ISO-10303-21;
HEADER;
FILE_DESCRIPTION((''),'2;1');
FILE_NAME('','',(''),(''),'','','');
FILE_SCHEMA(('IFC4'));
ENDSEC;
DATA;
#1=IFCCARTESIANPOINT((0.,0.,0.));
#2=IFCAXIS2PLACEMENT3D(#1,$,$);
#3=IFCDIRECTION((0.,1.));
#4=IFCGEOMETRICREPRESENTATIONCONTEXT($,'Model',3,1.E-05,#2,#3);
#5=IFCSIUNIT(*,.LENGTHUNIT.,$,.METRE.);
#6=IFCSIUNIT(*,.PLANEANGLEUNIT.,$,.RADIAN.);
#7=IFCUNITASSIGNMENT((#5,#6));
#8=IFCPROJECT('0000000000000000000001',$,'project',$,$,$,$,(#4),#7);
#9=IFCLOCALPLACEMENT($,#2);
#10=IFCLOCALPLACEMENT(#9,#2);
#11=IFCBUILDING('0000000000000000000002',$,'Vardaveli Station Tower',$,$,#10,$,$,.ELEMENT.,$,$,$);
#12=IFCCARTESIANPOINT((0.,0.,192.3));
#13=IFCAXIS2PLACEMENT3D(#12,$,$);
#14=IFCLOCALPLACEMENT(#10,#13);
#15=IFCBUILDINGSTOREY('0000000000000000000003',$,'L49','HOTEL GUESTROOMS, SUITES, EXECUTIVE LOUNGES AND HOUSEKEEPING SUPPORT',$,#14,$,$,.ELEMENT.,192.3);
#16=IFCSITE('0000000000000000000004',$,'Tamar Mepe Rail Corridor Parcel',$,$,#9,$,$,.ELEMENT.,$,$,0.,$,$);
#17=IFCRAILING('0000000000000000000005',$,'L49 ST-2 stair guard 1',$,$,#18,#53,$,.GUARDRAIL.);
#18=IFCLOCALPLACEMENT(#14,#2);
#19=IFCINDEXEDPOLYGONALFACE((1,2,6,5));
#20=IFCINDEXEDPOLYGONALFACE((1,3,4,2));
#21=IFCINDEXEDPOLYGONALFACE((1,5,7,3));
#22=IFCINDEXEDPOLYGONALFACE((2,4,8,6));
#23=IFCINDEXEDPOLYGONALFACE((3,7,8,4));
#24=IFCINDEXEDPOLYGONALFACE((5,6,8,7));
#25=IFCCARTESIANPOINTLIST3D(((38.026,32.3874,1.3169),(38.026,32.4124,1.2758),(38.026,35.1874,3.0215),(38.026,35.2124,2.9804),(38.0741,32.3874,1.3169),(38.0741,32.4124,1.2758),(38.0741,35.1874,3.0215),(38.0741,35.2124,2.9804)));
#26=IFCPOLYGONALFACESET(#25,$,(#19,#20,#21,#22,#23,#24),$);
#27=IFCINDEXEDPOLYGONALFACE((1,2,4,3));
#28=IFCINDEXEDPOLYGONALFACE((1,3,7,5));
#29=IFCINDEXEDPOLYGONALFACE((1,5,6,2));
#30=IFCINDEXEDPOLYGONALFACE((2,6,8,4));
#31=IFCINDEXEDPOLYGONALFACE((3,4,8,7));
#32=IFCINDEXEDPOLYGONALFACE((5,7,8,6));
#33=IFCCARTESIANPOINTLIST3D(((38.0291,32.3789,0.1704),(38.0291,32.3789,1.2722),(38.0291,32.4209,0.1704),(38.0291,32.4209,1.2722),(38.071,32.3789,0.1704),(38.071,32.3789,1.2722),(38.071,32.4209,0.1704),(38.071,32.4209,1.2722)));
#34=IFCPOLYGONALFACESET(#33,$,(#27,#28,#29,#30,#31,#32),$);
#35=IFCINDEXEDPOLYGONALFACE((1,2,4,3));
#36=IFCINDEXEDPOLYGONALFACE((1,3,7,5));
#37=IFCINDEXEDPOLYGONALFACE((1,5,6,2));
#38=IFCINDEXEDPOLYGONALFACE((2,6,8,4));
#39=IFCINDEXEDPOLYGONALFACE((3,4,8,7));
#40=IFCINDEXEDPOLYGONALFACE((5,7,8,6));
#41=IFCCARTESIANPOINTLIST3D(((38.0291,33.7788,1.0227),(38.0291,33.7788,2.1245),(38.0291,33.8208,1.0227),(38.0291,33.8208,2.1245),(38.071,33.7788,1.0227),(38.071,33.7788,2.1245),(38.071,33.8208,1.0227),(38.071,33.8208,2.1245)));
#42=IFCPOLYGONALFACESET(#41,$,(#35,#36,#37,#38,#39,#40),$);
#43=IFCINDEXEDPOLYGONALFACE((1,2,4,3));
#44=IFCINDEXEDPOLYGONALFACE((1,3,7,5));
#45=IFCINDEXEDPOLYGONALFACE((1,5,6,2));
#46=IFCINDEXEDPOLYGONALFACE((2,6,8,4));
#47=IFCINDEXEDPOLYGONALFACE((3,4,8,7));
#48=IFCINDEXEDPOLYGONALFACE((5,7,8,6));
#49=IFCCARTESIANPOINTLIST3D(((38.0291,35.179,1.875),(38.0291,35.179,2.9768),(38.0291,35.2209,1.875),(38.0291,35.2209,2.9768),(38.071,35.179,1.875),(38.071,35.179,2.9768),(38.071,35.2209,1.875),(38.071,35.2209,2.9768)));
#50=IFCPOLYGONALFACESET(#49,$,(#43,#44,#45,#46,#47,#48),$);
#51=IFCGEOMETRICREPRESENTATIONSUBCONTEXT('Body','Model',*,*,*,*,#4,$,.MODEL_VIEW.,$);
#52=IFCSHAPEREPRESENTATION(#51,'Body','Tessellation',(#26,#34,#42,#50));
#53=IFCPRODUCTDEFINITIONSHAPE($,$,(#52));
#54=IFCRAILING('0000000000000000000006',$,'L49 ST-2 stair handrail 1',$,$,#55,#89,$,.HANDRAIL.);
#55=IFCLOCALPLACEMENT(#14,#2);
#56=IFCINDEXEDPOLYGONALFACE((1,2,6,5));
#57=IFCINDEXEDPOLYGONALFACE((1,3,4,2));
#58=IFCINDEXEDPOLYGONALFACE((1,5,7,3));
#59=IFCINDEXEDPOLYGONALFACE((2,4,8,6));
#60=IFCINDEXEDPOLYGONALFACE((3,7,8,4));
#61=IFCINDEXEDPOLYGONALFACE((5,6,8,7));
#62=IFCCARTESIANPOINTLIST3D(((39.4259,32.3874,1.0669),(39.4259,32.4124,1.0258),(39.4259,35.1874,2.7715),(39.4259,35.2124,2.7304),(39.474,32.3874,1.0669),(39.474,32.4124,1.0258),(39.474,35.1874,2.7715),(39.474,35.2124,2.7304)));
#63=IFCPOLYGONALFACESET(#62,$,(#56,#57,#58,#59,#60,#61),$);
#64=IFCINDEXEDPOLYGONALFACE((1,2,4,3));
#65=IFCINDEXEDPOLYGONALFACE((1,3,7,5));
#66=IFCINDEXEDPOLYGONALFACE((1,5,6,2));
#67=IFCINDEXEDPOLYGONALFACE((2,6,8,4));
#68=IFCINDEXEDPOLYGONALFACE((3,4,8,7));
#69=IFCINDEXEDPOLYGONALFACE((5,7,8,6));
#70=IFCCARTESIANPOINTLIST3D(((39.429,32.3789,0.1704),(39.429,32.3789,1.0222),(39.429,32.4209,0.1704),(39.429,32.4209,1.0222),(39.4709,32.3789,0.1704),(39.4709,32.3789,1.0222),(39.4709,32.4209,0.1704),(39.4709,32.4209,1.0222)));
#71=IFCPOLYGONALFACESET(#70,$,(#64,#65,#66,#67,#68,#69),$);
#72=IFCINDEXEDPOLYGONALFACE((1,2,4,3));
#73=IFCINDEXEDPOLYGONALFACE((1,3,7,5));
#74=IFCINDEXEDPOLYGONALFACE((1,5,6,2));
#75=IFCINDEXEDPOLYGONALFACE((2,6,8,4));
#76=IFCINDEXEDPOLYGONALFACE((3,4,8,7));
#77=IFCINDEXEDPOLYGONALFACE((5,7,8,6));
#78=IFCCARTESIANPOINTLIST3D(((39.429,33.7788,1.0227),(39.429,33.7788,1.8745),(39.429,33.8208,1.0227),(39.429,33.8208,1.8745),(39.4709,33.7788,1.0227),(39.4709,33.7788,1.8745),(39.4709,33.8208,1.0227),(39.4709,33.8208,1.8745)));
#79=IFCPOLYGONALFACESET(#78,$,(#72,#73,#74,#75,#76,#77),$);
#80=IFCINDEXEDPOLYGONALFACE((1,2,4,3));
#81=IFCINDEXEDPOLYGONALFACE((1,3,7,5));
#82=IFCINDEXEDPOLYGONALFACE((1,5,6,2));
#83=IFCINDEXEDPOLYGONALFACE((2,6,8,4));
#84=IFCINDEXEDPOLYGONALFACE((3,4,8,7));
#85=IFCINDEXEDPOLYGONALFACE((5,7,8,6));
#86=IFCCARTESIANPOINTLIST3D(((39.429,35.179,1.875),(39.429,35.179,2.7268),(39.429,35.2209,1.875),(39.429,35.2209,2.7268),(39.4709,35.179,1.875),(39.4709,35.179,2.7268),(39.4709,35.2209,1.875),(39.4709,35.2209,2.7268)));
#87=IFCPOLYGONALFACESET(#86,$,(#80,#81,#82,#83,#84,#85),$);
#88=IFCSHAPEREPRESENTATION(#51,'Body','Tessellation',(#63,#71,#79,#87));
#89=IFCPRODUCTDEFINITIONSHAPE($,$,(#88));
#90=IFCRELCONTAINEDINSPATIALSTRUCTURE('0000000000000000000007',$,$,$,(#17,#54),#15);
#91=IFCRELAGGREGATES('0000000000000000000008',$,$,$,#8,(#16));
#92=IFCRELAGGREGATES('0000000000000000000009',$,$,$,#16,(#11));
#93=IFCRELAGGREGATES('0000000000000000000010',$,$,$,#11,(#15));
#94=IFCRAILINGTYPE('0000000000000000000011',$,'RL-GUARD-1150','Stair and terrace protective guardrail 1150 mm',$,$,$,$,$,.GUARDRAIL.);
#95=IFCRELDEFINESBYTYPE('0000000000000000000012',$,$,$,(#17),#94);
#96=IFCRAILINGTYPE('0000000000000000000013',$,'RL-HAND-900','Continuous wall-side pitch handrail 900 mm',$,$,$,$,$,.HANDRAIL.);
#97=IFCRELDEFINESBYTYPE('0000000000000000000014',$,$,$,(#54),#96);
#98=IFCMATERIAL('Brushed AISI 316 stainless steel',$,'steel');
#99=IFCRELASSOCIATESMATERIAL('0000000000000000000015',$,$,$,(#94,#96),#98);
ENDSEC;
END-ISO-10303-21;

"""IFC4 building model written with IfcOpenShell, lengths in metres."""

from ifc_helpers import new_model, si_unit, direction, frame, origin, origin_2d, place, context, subcontext, project, spatial, rectangle, extrude, source, transform, mapped, material, type_object, element, save


model = new_model("IFC4")

# Units and contexts
model_context = context("Model", 3, precision=1e-05, world=origin(), true_north=direction((0.0, 1.0)))
body_context = subcontext(model_context, "Body", "Model", "MODEL_VIEW")
ifc_project = project(units=[si_unit("LENGTHUNIT", "METRE"), si_unit("PLANEANGLEUNIT", "RADIAN")], contexts=[model_context])

# Site, building, storey
site_placement = place(None, origin())
site = spatial("IfcSite", under=ifc_project, at=site_placement, Name="Tamar Mepe Rail Corridor Parcel", CompositionType="ELEMENT", RefElevation=0.0)
building_placement = place(site_placement, origin())
building = spatial("IfcBuilding", under=site, at=building_placement, Name="Vardaveli Station Tower", CompositionType="ELEMENT")
storey_placement = place(building_placement, frame((0.0, 0.0, 192.3)))
storey = spatial("IfcBuildingStorey", under=building, at=storey_placement, Name="L49", Description="HOTEL GUESTROOMS, SUITES, EXECUTIVE LOUNGES AND HOUSEKEEPING SUPPORT", CompositionType="ELEMENT", Elevation=192.3)

# Railings
ifc_material_1 = material(Name="Brushed AISI 316 stainless steel", Category="steel")
railing_type_1 = type_object("IfcRailingType", Name="RL-GUARD-1150", Description="Stair and terrace protective guardrail 1150 mm", PredefinedType="GUARDRAIL", material=ifc_material_1)
shared_shape_1 = source(origin(), body_context, "Body", "SweptSolid", [
    extrude(rectangle(XDim=0.0481, YDim=0.0481, at=origin_2d()), frame((0.0, 0.0, 1.126), z_axis=(0.0, 0.85417, 0.519994), x_axis=(-1.0, 0.0, 0.0)), (0.0, 0.0, 1.0), 3.2781),
    extrude(rectangle(XDim=0.042, YDim=0.042, at=origin_2d()), origin(), (0.0, 0.0, 1.0), 1.1018),
    extrude(rectangle(XDim=0.042, YDim=0.042, at=origin_2d()), frame((0.0, 1.3999, 0.8523)), (0.0, 0.0, 1.0), 1.1018),
    extrude(rectangle(XDim=0.042, YDim=0.042, at=origin_2d()), frame((0.0, 2.8, 1.7046)), (0.0, 0.0, 1.0), 1.1018),
])
railing_1_placement = place(storey_placement, frame((38.05, 32.3999, 0.1704)))
element("IfcRailing", 1, at=railing_1_placement, inside=storey, type_object=railing_type_1, Name="L49 ST-2 stair guard 1", PredefinedType="GUARDRAIL", context=body_context, shape_type="MappedRepresentation", body=[
    mapped(shared_shape_1, transform((0.0, 0.0, 0.0), scale=1.0)),
])
railing_type_2 = type_object("IfcRailingType", Name="RL-HAND-900", Description="Continuous wall-side pitch handrail 900 mm", PredefinedType="HANDRAIL", material=ifc_material_1)
shared_shape_2 = source(origin(), body_context, "Body", "SweptSolid", [
    extrude(rectangle(XDim=0.0481, YDim=0.0481, at=origin_2d()), frame((0.0, 0.0, 0.876), z_axis=(0.0, 0.85417, 0.519994), x_axis=(-1.0, 0.0, 0.0)), (0.0, 0.0, 1.0), 3.2781),
    extrude(rectangle(XDim=0.042, YDim=0.042, at=origin_2d()), origin(), (0.0, 0.0, 1.0), 0.8518),
    extrude(rectangle(XDim=0.042, YDim=0.042, at=origin_2d()), frame((0.0, 1.3999, 0.8523)), (0.0, 0.0, 1.0), 0.8518),
    extrude(rectangle(XDim=0.042, YDim=0.042, at=origin_2d()), frame((0.0, 2.8, 1.7046)), (0.0, 0.0, 1.0), 0.8518),
])
railing_2_placement = place(storey_placement, frame((39.45, 32.3999, 0.1704)))
element("IfcRailing", 2, at=railing_2_placement, inside=storey, type_object=railing_type_2, Name="L49 ST-2 stair handrail 1", PredefinedType="HANDRAIL", context=body_context, shape_type="MappedRepresentation", body=[
    mapped(shared_shape_2, transform((0.0, 0.0, 0.0), scale=1.0)),
])

save(model, "model.ifc")
